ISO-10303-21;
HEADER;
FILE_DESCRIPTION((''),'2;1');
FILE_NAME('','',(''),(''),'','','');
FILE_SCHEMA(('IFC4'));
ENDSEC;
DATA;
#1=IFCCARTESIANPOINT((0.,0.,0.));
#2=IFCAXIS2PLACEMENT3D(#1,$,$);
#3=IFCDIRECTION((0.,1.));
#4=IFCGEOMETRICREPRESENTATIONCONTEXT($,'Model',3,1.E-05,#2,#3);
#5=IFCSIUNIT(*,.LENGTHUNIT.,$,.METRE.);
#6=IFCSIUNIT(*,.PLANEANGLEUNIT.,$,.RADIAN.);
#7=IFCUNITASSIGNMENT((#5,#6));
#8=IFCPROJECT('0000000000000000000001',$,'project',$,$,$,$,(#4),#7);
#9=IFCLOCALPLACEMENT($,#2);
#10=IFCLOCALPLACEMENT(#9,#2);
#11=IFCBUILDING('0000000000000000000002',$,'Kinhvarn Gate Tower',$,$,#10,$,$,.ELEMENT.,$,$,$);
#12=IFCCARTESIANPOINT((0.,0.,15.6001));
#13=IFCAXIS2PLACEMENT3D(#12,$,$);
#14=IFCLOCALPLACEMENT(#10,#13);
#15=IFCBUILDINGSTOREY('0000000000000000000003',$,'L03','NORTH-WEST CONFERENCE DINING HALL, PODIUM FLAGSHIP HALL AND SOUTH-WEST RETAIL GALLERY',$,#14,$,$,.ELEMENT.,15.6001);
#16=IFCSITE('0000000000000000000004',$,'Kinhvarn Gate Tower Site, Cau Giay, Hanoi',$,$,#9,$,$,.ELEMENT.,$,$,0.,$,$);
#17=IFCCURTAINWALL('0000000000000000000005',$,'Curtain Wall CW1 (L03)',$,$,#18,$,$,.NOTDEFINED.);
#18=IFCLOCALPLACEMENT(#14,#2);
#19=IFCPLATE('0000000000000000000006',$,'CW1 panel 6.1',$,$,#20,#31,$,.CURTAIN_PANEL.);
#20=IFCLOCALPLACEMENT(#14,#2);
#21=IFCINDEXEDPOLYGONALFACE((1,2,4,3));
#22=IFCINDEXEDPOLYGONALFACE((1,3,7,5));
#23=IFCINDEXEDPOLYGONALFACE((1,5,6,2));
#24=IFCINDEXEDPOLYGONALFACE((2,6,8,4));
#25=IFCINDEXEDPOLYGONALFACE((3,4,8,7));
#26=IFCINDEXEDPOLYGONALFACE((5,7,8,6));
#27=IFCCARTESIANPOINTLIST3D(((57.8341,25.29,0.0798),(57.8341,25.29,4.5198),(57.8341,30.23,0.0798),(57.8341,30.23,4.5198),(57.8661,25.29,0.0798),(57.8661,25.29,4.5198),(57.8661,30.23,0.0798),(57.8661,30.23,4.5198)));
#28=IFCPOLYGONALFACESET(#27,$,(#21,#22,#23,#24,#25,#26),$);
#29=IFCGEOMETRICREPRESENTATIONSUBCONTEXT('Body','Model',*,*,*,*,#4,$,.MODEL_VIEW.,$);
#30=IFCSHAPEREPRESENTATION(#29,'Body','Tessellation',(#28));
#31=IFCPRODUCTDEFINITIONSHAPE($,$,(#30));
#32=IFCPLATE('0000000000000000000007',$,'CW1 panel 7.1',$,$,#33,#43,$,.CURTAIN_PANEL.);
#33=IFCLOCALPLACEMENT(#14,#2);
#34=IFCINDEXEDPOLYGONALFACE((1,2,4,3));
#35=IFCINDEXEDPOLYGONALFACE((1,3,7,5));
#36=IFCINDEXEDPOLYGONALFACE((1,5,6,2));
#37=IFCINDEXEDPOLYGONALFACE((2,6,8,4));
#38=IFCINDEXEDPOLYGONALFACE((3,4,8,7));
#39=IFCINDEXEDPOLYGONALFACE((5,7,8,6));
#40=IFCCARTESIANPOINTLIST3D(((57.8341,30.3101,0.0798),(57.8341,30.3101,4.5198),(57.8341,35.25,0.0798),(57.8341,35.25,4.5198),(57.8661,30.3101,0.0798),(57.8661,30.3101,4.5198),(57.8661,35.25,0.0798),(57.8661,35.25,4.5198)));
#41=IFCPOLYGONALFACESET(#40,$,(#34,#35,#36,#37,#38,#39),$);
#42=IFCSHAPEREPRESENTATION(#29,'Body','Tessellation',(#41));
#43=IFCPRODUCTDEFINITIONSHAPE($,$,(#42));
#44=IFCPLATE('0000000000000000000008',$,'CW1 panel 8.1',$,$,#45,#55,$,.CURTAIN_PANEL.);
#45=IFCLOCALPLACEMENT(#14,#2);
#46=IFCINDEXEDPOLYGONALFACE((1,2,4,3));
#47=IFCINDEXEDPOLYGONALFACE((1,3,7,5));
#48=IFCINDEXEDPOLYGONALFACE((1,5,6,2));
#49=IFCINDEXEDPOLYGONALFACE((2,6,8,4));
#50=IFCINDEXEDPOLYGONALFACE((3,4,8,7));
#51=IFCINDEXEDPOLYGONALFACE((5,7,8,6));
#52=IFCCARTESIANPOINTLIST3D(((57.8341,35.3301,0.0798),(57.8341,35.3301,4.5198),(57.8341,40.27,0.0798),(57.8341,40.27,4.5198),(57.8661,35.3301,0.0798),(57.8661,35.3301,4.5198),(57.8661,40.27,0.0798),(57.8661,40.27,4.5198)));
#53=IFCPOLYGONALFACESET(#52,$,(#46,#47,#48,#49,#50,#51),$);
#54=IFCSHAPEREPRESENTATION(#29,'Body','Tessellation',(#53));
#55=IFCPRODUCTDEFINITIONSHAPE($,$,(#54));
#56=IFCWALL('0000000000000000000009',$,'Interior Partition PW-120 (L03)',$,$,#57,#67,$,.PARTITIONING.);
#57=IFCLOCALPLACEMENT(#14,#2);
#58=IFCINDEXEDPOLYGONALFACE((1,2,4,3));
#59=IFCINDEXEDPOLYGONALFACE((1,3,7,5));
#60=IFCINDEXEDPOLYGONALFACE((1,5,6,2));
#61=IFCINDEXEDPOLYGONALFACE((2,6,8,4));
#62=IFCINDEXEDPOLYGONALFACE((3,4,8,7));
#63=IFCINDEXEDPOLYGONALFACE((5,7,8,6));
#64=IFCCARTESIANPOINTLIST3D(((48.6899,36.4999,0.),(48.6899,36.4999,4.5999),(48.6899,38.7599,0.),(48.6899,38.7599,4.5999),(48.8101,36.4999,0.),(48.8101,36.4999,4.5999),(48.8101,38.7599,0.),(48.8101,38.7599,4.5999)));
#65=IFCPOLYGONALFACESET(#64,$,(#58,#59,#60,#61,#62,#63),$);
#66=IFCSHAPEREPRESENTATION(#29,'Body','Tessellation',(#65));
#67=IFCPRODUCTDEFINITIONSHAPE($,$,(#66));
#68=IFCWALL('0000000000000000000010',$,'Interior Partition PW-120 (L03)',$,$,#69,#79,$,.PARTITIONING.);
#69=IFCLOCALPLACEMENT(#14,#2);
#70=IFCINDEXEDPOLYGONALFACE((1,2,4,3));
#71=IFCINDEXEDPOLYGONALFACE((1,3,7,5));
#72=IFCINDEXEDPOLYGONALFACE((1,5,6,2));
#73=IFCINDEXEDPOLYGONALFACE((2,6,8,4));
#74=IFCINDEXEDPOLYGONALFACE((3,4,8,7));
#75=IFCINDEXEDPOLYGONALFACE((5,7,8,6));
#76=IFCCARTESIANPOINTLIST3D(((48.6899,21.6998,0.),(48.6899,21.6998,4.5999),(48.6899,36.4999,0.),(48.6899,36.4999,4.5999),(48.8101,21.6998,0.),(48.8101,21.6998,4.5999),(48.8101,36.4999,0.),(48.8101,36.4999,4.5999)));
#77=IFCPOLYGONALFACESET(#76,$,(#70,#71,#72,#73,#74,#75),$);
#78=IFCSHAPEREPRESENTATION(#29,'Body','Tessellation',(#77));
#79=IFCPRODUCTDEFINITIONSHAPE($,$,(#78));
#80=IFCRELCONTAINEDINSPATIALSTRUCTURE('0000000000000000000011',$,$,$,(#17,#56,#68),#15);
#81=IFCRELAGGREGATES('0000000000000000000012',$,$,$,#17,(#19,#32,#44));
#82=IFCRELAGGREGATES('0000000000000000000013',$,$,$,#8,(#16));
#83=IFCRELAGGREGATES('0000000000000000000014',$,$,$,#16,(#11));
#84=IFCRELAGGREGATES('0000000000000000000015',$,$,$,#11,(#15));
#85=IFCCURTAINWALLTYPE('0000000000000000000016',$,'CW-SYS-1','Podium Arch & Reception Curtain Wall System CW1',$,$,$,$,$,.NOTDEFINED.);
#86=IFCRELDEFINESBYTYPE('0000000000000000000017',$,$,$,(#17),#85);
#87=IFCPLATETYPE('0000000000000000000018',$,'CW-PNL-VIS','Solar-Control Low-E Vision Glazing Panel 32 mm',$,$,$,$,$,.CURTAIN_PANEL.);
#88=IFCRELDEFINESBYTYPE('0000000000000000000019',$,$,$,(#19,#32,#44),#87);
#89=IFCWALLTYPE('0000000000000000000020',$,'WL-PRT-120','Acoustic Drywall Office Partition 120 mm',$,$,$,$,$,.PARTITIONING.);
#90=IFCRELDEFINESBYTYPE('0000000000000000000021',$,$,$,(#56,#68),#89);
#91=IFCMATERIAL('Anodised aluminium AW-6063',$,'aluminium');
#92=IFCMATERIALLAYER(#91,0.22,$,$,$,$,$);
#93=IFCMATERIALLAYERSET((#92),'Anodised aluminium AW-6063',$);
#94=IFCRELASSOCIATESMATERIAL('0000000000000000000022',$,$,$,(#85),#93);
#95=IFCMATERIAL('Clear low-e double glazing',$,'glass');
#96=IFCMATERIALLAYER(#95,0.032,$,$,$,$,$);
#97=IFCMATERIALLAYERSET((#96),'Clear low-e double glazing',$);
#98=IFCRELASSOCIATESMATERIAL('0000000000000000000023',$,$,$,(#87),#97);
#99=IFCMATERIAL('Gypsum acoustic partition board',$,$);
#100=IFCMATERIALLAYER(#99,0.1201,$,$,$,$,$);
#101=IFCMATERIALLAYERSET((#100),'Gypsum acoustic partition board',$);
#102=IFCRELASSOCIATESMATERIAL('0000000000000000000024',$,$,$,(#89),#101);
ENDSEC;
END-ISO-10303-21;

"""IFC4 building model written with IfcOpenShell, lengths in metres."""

from ifc_helpers import new_model, si_unit, direction, frame, frame_2d, origin, origin_2d, place, context, subcontext, project, spatial, rectangle, extrude, material, layer, layer_set, type_object, element, aggregate, save


model = new_model("IFC4")

# Units and contexts
model_context = context("Model", 3, precision=1e-05, world=origin(), true_north=direction((0.0, 1.0)))
body_context = subcontext(model_context, "Body", "Model", "MODEL_VIEW")
ifc_project = project(units=[si_unit("LENGTHUNIT", "METRE"), si_unit("PLANEANGLEUNIT", "RADIAN")], contexts=[model_context])

# Site, building, storey
site_placement = place(None, origin())
site = spatial("IfcSite", under=ifc_project, at=site_placement, Name="Kinhvarn Gate Tower Site, Cau Giay, Hanoi", CompositionType="ELEMENT", RefElevation=0.0)
building_placement = place(site_placement, origin())
building = spatial("IfcBuilding", under=site, at=building_placement, Name="Kinhvarn Gate Tower", CompositionType="ELEMENT")
storey_placement = place(building_placement, frame((0.0, 0.0, 15.6001)))
storey = spatial("IfcBuildingStorey", under=building, at=storey_placement, Name="L03", Description="NORTH-WEST CONFERENCE DINING HALL, PODIUM FLAGSHIP HALL AND SOUTH-WEST RETAIL GALLERY", CompositionType="ELEMENT", Elevation=15.6001)

# Curtain wall
ifc_material_1 = material(Name="Anodised aluminium AW-6063", Category="aluminium")
ifc_layer_1 = layer(ifc_material_1, 0.22)
ifc_layer_set_1 = layer_set([ifc_layer_1], Name="Anodised aluminium AW-6063")
curtain_wall_type = type_object("IfcCurtainWallType", Name="CW-SYS-1", Description="Podium Arch & Reception Curtain Wall System CW1", PredefinedType="NOTDEFINED", material=ifc_layer_set_1)
curtain_wall_placement = place(storey_placement, origin())
curtain_wall = element("IfcCurtainWall", 1, at=curtain_wall_placement, inside=storey, type_object=curtain_wall_type, Name="Curtain Wall CW1 (L03)", PredefinedType="NOTDEFINED")

# Plates
ifc_material_2 = material(Name="Clear low-e double glazing", Category="glass")
ifc_layer_2 = layer(ifc_material_2, 0.032)
ifc_layer_set_2 = layer_set([ifc_layer_2], Name="Clear low-e double glazing")
plate_type = type_object("IfcPlateType", Name="CW-PNL-VIS", Description="Solar-Control Low-E Vision Glazing Panel 32 mm", PredefinedType="CURTAIN_PANEL", material=ifc_layer_set_2)
plate_1_placement = place(storey_placement, frame((57.8501, 27.76, 0.0798), z_axis=(0.0, 0.0, 1.0), x_axis=(0.0, 1.0, 0.0)))
plate_1 = element("IfcPlate", 2, at=plate_1_placement, type_object=plate_type, Name="CW1 panel 6.1", PredefinedType="CURTAIN_PANEL", context=body_context, shape_type="SweptSolid", body=[
    extrude(rectangle(XDim=4.9399, YDim=0.032, at=origin_2d()), origin(), (0.0, 0.0, 1.0), 4.4399),
])
plate_2_placement = place(storey_placement, frame((57.8501, 32.78, 0.0798), z_axis=(0.0, 0.0, 1.0), x_axis=(0.0, 1.0, 0.0)))
plate_2 = element("IfcPlate", 3, at=plate_2_placement, type_object=plate_type, Name="CW1 panel 7.1", PredefinedType="CURTAIN_PANEL", context=body_context, shape_type="SweptSolid", body=[
    extrude(rectangle(XDim=4.9399, YDim=0.032, at=origin_2d()), origin(), (0.0, 0.0, 1.0), 4.4399),
])
plate_3_placement = place(storey_placement, frame((57.8501, 37.8, 0.0798), z_axis=(0.0, 0.0, 1.0), x_axis=(0.0, 1.0, 0.0)))
plate_3 = element("IfcPlate", 4, at=plate_3_placement, type_object=plate_type, Name="CW1 panel 8.1", PredefinedType="CURTAIN_PANEL", context=body_context, shape_type="SweptSolid", body=[
    extrude(rectangle(XDim=4.9399, YDim=0.032, at=origin_2d()), origin(), (0.0, 0.0, 1.0), 4.4399),
])
aggregate(curtain_wall, [plate_1, plate_2, plate_3])

# Walls
ifc_material_3 = material(Name="Gypsum acoustic partition board")
ifc_layer_3 = layer(ifc_material_3, 0.1201)
ifc_layer_set_3 = layer_set([ifc_layer_3], Name="Gypsum acoustic partition board")
wall_type = type_object("IfcWallType", Name="WL-PRT-120", Description="Acoustic Drywall Office Partition 120 mm", PredefinedType="PARTITIONING", material=ifc_layer_set_3)
wall_1_placement = place(storey_placement, frame((48.75, 36.5, 0.0), z_axis=(0.0, 0.0, 1.0), x_axis=(0.0, 1.0, 0.0)))
element("IfcWall", 5, at=wall_1_placement, inside=storey, type_object=wall_type, Name="Interior Partition PW-120 (L03)", PredefinedType="PARTITIONING", context=body_context, shape_type="SweptSolid", body=[
    extrude(rectangle(XDim=2.26, YDim=0.1201, at=frame_2d((1.1299, 0.0))), origin(), (0.0, 0.0, 1.0), 4.5999),
])
wall_2_placement = place(storey_placement, frame((48.75, 21.7, 0.0), z_axis=(0.0, 0.0, 1.0), x_axis=(0.0, 1.0, 0.0)))
element("IfcWall", 6, at=wall_2_placement, inside=storey, type_object=wall_type, Name="Interior Partition PW-120 (L03)", PredefinedType="PARTITIONING", context=body_context, shape_type="SweptSolid", body=[
    extrude(rectangle(XDim=14.8, YDim=0.1201, at=frame_2d((7.3999, 0.0))), origin(), (0.0, 0.0, 1.0), 4.5999),
])

save(model, "model.ifc")
